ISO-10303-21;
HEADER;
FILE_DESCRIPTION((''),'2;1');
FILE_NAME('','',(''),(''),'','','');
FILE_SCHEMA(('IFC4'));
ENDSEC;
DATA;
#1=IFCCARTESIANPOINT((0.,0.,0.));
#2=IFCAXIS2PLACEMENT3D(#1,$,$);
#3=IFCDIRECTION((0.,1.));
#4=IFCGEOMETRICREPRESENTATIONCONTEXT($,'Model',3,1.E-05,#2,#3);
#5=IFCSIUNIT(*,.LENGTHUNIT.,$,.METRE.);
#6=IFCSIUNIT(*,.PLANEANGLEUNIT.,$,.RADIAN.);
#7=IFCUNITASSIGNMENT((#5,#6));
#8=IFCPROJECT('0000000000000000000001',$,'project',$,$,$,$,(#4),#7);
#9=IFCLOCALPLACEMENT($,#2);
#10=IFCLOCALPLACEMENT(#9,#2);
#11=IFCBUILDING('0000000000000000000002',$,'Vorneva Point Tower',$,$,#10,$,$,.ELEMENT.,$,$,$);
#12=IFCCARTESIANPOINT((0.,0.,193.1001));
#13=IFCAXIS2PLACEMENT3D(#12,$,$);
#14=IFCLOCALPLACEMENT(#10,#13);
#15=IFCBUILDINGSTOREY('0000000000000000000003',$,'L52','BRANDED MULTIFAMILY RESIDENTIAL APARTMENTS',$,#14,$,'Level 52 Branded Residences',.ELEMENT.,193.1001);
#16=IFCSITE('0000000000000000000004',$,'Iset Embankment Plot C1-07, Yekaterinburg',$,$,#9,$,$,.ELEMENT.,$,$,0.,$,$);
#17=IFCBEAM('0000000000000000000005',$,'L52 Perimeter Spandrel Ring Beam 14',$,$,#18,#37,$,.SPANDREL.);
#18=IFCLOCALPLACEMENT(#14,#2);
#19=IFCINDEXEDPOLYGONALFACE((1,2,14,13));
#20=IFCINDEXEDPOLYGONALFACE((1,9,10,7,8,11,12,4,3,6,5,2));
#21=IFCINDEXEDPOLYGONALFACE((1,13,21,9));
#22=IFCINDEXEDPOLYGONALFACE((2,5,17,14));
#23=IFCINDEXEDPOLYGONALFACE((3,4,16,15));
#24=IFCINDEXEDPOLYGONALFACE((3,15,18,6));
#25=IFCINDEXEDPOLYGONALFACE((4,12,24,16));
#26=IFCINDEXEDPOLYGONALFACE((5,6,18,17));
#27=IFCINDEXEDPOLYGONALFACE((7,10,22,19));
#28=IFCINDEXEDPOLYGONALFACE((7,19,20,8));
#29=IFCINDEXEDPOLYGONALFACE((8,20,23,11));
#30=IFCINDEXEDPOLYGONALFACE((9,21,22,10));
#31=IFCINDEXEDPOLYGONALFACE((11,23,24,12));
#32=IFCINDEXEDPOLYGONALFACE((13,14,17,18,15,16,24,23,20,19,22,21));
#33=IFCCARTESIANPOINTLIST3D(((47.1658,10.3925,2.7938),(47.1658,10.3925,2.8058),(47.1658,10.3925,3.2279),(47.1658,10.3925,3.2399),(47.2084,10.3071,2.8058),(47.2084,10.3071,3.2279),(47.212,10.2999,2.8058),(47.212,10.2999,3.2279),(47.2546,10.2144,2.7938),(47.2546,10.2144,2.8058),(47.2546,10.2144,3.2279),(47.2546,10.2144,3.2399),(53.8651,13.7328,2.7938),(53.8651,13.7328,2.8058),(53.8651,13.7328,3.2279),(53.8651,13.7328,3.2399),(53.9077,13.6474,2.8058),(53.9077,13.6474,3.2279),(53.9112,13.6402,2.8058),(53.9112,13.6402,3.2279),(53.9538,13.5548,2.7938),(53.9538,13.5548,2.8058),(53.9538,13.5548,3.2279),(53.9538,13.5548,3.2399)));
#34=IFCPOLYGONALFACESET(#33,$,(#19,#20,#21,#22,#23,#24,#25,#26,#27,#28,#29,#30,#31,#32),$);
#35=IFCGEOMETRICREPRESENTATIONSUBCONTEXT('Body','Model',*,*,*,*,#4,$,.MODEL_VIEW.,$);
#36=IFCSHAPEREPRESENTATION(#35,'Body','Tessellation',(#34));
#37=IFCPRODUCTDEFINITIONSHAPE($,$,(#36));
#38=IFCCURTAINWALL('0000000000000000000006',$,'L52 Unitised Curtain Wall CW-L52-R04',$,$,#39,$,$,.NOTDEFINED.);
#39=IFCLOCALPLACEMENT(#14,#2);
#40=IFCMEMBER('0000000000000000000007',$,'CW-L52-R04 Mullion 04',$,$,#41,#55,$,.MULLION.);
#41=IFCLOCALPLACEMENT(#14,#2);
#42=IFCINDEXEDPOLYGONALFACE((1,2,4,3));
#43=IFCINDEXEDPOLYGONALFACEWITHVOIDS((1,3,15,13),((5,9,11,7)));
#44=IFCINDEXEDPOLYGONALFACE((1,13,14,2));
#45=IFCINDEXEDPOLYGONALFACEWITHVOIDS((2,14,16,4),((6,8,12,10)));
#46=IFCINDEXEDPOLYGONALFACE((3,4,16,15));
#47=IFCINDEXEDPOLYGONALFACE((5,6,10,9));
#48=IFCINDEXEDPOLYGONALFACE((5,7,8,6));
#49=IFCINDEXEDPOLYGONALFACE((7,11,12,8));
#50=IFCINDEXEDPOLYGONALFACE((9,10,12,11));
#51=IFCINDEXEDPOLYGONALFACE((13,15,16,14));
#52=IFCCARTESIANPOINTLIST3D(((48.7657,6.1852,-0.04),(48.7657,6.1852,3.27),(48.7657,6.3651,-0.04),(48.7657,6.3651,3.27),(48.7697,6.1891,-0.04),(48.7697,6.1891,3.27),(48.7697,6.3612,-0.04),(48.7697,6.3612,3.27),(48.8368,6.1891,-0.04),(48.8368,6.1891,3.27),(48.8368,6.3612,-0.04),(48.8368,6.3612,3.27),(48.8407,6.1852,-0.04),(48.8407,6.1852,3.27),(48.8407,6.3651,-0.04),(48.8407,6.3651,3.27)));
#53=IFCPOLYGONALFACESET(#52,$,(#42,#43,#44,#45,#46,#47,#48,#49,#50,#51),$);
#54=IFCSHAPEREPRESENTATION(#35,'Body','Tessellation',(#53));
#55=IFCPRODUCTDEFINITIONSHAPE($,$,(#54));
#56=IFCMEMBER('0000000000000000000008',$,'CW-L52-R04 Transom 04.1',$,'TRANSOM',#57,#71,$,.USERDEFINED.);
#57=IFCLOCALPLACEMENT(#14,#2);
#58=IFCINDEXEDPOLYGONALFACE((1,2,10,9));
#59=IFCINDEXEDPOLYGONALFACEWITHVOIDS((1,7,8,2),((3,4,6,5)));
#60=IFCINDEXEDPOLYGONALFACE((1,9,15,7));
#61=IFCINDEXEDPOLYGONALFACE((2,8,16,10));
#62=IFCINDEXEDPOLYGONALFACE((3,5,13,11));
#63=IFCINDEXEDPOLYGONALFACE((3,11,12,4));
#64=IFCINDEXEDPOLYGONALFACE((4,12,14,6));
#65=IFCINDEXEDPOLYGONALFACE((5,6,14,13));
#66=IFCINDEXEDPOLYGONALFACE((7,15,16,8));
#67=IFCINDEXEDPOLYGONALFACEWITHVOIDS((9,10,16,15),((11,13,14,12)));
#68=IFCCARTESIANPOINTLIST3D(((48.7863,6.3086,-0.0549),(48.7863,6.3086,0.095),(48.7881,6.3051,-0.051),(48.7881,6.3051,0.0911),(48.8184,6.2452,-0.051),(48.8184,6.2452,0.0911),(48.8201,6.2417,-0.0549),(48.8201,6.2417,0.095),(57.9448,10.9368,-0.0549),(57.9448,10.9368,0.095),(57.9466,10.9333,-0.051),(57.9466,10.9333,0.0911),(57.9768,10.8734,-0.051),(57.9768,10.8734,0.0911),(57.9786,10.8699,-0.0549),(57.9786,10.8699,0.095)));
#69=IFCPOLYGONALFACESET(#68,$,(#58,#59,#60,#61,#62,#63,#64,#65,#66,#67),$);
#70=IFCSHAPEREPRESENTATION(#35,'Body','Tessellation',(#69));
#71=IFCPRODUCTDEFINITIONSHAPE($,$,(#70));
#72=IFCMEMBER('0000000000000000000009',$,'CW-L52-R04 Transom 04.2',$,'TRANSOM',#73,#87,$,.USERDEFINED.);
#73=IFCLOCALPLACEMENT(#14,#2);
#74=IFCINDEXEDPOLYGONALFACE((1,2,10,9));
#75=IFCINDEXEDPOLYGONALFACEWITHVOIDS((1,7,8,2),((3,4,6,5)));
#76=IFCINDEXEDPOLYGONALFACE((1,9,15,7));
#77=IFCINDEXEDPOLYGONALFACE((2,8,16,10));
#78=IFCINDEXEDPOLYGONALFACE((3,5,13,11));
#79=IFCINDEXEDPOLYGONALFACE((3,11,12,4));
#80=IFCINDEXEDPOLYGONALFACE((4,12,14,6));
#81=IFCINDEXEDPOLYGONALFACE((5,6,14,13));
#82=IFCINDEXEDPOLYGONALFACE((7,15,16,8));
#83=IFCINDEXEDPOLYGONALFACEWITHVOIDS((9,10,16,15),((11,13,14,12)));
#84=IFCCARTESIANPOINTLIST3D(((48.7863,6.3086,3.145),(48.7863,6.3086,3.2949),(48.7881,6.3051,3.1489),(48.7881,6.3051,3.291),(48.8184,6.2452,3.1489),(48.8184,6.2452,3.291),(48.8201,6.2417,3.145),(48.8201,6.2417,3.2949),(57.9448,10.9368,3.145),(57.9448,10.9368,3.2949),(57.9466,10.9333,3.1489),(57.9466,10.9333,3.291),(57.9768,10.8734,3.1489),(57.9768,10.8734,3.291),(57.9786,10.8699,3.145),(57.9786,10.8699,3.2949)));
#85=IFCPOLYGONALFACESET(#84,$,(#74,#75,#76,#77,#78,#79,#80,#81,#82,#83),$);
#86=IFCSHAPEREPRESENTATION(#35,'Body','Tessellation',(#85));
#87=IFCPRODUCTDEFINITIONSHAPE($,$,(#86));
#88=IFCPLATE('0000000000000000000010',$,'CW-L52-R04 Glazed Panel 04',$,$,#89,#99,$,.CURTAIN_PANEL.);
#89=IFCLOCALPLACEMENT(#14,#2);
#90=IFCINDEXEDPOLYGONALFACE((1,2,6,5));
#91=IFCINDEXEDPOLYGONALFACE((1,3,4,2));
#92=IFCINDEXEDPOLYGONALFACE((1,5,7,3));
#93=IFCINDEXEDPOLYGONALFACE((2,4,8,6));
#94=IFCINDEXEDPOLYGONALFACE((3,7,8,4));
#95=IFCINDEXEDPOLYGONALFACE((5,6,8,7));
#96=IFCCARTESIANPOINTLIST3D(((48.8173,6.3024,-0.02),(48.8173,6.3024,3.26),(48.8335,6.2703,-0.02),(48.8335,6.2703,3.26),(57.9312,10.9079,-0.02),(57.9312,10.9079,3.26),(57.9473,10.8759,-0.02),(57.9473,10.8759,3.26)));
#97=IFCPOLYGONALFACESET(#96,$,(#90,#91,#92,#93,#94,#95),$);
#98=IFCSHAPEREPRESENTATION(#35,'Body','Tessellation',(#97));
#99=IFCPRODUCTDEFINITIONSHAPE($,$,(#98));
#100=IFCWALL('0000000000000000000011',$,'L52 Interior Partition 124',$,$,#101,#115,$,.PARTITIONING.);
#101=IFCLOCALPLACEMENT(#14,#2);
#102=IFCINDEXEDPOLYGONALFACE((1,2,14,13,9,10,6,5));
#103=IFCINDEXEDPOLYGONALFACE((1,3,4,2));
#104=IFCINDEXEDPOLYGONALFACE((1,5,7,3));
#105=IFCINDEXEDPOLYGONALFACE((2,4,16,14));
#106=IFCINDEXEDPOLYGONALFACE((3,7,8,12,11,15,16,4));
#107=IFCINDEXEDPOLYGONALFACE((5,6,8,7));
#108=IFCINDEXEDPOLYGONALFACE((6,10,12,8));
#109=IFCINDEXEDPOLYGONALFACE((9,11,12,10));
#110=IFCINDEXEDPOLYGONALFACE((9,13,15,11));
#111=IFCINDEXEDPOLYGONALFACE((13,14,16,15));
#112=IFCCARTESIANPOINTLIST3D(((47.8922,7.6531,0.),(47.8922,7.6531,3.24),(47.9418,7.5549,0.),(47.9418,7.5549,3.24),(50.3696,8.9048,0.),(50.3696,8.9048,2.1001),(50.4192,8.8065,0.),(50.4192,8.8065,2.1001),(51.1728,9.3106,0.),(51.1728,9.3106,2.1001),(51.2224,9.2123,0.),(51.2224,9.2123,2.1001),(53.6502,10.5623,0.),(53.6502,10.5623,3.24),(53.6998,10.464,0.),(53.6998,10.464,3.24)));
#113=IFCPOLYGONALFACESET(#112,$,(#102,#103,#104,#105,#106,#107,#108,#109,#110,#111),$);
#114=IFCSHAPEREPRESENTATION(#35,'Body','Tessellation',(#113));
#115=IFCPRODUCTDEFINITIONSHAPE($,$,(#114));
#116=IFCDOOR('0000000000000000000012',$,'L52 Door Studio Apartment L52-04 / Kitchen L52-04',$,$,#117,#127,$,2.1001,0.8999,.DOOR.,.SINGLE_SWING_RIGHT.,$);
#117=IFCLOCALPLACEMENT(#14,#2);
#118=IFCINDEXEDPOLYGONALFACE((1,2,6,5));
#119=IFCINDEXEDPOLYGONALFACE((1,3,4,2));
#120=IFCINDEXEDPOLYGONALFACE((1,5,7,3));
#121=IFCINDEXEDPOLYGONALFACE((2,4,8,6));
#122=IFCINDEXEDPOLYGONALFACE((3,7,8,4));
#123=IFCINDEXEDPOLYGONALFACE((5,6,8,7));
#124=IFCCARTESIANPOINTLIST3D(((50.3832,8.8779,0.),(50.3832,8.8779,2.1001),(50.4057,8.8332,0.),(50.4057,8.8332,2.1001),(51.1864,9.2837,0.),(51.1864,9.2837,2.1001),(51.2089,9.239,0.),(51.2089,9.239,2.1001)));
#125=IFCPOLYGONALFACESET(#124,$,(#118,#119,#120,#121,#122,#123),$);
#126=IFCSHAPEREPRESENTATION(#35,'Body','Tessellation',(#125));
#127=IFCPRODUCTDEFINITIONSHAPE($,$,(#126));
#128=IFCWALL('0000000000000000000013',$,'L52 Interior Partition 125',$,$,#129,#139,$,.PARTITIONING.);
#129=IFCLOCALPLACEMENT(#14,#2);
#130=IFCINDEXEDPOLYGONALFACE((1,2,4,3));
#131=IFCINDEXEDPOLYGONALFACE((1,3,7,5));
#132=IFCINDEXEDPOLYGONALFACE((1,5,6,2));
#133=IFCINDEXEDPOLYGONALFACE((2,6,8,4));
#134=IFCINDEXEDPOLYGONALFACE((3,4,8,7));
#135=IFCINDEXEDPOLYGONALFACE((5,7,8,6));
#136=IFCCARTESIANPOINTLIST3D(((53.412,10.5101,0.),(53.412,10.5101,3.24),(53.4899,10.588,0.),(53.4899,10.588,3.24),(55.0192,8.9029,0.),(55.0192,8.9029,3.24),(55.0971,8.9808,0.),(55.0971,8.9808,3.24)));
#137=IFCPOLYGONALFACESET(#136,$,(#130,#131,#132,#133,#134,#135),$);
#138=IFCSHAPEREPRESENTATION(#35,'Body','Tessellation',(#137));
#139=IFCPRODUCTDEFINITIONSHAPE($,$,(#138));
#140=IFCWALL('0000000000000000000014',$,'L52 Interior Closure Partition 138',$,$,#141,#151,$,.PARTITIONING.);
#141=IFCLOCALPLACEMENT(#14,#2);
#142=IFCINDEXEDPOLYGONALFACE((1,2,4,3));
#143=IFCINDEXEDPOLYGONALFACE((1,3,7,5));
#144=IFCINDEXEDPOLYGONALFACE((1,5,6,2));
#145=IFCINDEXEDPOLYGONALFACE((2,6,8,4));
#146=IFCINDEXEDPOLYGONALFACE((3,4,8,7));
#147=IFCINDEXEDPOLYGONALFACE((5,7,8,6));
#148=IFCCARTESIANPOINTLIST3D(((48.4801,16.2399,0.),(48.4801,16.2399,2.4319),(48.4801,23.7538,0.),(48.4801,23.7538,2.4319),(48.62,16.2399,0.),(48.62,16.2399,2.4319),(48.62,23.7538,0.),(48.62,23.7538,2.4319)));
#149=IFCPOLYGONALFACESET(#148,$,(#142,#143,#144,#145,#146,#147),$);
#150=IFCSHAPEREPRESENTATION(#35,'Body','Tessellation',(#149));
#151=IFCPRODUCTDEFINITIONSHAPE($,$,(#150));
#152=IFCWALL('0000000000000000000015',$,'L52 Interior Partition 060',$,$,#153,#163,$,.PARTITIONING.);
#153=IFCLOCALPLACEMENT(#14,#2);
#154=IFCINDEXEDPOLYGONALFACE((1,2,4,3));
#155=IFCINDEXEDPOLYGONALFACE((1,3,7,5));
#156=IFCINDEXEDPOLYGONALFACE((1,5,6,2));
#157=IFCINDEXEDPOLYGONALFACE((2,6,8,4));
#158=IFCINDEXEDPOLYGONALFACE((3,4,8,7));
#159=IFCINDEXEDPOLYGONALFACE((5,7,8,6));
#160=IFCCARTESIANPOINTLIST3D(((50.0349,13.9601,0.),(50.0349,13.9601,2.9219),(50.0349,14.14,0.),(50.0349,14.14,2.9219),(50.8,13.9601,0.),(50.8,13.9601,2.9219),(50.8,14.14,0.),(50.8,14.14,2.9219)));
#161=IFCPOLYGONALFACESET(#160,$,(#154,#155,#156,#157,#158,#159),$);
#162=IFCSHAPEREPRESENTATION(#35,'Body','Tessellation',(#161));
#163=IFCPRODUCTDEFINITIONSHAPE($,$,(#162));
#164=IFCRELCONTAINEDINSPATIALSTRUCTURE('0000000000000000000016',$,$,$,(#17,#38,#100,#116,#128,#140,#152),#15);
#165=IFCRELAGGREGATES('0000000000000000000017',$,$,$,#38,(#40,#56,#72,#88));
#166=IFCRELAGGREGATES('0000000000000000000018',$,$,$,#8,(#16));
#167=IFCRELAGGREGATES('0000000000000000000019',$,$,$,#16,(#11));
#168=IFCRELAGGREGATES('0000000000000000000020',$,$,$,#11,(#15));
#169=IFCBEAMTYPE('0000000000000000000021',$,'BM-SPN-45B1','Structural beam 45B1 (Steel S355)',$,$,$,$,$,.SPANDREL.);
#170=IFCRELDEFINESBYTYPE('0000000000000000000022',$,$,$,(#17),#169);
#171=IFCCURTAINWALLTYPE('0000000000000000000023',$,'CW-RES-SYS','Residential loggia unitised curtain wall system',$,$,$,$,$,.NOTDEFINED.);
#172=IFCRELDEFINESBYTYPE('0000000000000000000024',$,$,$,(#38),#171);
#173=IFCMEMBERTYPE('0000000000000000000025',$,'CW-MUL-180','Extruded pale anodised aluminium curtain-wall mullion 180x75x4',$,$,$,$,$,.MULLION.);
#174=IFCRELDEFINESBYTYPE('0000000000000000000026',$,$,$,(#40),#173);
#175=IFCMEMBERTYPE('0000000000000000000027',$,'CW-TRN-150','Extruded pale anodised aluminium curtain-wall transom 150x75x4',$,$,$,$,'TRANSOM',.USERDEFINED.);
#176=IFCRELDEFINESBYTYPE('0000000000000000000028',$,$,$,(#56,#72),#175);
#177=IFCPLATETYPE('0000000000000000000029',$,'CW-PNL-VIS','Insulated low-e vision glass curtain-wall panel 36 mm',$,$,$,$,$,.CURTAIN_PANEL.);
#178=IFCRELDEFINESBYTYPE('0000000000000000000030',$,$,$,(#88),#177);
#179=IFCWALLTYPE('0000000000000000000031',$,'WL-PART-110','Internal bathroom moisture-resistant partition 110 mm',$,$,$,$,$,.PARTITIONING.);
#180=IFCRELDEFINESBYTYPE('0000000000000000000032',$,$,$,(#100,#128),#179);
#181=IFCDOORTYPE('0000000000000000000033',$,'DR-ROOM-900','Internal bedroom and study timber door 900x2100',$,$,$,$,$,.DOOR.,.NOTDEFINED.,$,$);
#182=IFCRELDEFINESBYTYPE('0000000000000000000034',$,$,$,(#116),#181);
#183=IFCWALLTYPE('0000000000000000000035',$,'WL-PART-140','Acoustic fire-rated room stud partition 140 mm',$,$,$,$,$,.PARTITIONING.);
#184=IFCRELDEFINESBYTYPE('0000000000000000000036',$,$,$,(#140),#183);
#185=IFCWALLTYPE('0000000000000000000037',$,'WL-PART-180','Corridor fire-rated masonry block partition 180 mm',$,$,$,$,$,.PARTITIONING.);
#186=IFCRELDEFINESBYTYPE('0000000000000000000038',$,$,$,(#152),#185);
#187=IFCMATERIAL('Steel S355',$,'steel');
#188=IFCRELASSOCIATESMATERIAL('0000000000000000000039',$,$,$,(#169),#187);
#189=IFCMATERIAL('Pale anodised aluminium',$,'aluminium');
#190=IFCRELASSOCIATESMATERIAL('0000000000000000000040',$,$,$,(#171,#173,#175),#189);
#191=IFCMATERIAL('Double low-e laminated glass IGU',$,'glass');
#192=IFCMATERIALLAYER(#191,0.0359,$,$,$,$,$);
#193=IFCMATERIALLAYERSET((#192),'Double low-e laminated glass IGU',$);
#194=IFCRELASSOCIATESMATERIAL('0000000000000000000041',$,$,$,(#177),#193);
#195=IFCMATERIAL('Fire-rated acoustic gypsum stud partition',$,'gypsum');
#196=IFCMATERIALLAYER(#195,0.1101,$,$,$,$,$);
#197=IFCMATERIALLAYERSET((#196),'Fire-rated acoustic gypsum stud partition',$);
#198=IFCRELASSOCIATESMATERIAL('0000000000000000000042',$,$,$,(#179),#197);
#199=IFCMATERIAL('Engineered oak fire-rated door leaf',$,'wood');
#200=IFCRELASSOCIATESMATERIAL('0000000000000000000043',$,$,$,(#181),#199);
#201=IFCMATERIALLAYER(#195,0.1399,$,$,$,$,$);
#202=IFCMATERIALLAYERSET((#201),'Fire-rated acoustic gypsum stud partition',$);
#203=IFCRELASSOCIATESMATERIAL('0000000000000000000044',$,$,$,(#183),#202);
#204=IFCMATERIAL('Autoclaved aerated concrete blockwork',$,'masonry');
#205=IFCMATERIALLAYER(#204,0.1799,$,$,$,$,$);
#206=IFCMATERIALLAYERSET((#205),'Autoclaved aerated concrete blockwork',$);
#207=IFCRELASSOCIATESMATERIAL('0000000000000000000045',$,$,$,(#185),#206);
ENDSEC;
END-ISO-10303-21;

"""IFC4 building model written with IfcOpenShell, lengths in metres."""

from ifc_helpers import new_model, si_unit, direction, frame, frame_2d, origin, origin_2d, place, context, subcontext, project, spatial, rectangle, hollow_rectangle, i_section, extrude, material, layer, layer_set, material_profile, profile_set, type_object, element, fill, aggregate, save


model = new_model("IFC4")

# Units and contexts
model_context = context("Model", 3, precision=1e-05, world=origin(), true_north=direction((0.0, 1.0)))
body_context = subcontext(model_context, "Body", "Model", "MODEL_VIEW")
ifc_project = project(units=[si_unit("LENGTHUNIT", "METRE"), si_unit("PLANEANGLEUNIT", "RADIAN")], contexts=[model_context])

# Site, building, storey
site_placement = place(None, origin())
site = spatial("IfcSite", under=ifc_project, at=site_placement, Name="Iset Embankment Plot C1-07, Yekaterinburg", CompositionType="ELEMENT", RefElevation=0.0)
building_placement = place(site_placement, origin())
building = spatial("IfcBuilding", under=site, at=building_placement, Name="Vorneva Point Tower", CompositionType="ELEMENT")
storey_placement = place(building_placement, frame((0.0, 0.0, 193.1001)))
storey = spatial("IfcBuildingStorey", under=building, at=storey_placement, Name="L52", Description="BRANDED MULTIFAMILY RESIDENTIAL APARTMENTS", LongName="Level 52 Branded Residences", CompositionType="ELEMENT", Elevation=193.1001)

# Beam
ifc_material_1 = material(Name="Steel S355", Category="steel")
ifc_material_profile_1 = material_profile(ifc_material_1, i_section(OverallWidth=0.199, OverallDepth=0.446, WebThickness=0.0081, FlangeThickness=0.012, at=origin_2d()), Name="45B1")
ifc_profile_set_1 = profile_set([ifc_material_profile_1], Name="Steel S355")
beam_type_1 = type_object("IfcBeamType", Name="BM-SPN-45B1", Description="Structural beam 45B1 (Steel S355)", PredefinedType="SPANDREL", material=ifc_profile_set_1)
beam_1_placement = place(storey_placement, frame((47.2102, 10.3035, 3.0168), z_axis=(0.894922, 0.446222, 0.0), x_axis=(-0.446222, 0.894922, 0.0)))
element("IfcBeam", 1, at=beam_1_placement, inside=storey, type_object=beam_type_1, Name="L52 Perimeter Spandrel Ring Beam 14", PredefinedType="SPANDREL", context=body_context, shape_type="SweptSolid", body=[
    extrude(i_section(OverallWidth=0.199, OverallDepth=0.446, WebThickness=0.0081, FlangeThickness=0.012, at=origin_2d()), origin(), (0.0, 0.0, 1.0), 7.4858),
])

# Curtain wall, members, plate
ifc_material_2 = material(Name="Pale anodised aluminium", Category="aluminium")
curtain_wall_type = type_object("IfcCurtainWallType", Name="CW-RES-SYS", Description="Residential loggia unitised curtain wall system", PredefinedType="NOTDEFINED", material=ifc_material_2)
curtain_wall_placement = place(storey_placement, origin())
curtain_wall = element("IfcCurtainWall", 2, at=curtain_wall_placement, inside=storey, type_object=curtain_wall_type, Name="L52 Unitised Curtain Wall CW-L52-R04", PredefinedType="NOTDEFINED")
ifc_material_profile_2 = material_profile(ifc_material_2, hollow_rectangle(XDim=0.075, YDim=0.1799, WallThickness=0.0039, at=origin_2d()), Name="AL-MUL 180x75x4")
ifc_profile_set_2 = profile_set([ifc_material_profile_2], Name="Pale anodised aluminium")
member_type_1 = type_object("IfcMemberType", Name="CW-MUL-180", Description="Extruded pale anodised aluminium curtain-wall mullion 180x75x4", PredefinedType="MULLION", material=ifc_profile_set_2)
member_1_placement = place(storey_placement, frame((48.8032, 6.2751, -0.04), z_axis=(0.0, 0.0, 1.0), x_axis=(1.0, 0.0, 0.0)))
member_1 = element("IfcMember", 3, at=member_1_placement, type_object=member_type_1, Name="CW-L52-R04 Mullion 04", PredefinedType="MULLION", context=body_context, shape_type="SweptSolid", body=[
    extrude(hollow_rectangle(XDim=0.075, YDim=0.1799, WallThickness=0.0039, at=origin_2d()), origin(), (0.0, 0.0, 1.0), 3.3101),
])
ifc_material_profile_3 = material_profile(ifc_material_2, hollow_rectangle(XDim=0.075, YDim=0.1499, WallThickness=0.0039, at=origin_2d()), Name="AL-TRN 150x75x4")
ifc_profile_set_3 = profile_set([ifc_material_profile_3], Name="Pale anodised aluminium")
member_type_2 = type_object("IfcMemberType", Name="CW-TRN-150", Description="Extruded pale anodised aluminium curtain-wall transom 150x75x4", ElementType="TRANSOM", PredefinedType="USERDEFINED", material=ifc_profile_set_3)
member_2_placement = place(storey_placement, frame((48.8032, 6.2751, 0.02), z_axis=(0.892511, 0.451026, 0.0), x_axis=(-0.451026, 0.892511, 0.0)))
member_2 = element("IfcMember", 4, at=member_2_placement, type_object=member_type_2, Name="CW-L52-R04 Transom 04.1", ObjectType="TRANSOM", PredefinedType="USERDEFINED", context=body_context, shape_type="SweptSolid", body=[
    extrude(hollow_rectangle(XDim=0.075, YDim=0.1499, WallThickness=0.0039, at=origin_2d()), origin(), (0.0, 0.0, 1.0), 10.2615),
])
member_3_placement = place(storey_placement, frame((48.8032, 6.2751, 3.22), z_axis=(0.892511, 0.451026, 0.0), x_axis=(-0.451026, 0.892511, 0.0)))
member_3 = element("IfcMember", 5, at=member_3_placement, type_object=member_type_2, Name="CW-L52-R04 Transom 04.2", ObjectType="TRANSOM", PredefinedType="USERDEFINED", context=body_context, shape_type="SweptSolid", body=[
    extrude(hollow_rectangle(XDim=0.075, YDim=0.1499, WallThickness=0.0039, at=origin_2d()), origin(), (0.0, 0.0, 1.0), 10.2615),
])
ifc_material_3 = material(Name="Double low-e laminated glass IGU", Category="glass")
ifc_layer_1 = layer(ifc_material_3, 0.0359)
ifc_layer_set_1 = layer_set([ifc_layer_1], Name="Double low-e laminated glass IGU")
plate_type = type_object("IfcPlateType", Name="CW-PNL-VIS", Description="Insulated low-e vision glass curtain-wall panel 36 mm", PredefinedType="CURTAIN_PANEL", material=ifc_layer_set_1)
plate_placement = place(storey_placement, frame((53.3823, 8.5891, -0.02), z_axis=(0.0, 0.0, 1.0), x_axis=(0.892515, 0.451018, 0.0)))
plate = element("IfcPlate", 6, at=plate_placement, type_object=plate_type, Name="CW-L52-R04 Glazed Panel 04", PredefinedType="CURTAIN_PANEL", context=body_context, shape_type="SweptSolid", body=[
    extrude(rectangle(XDim=10.2114, YDim=0.0359, at=origin_2d()), origin(), (0.0, 0.0, 1.0), 3.28),
])
aggregate(curtain_wall, [member_1, member_2, member_3, plate])

# Wall, opening, door
ifc_material_4 = material(Name="Fire-rated acoustic gypsum stud partition", Category="gypsum")
ifc_layer_2 = layer(ifc_material_4, 0.1101)
ifc_layer_set_2 = layer_set([ifc_layer_2], Name="Fire-rated acoustic gypsum stud partition")
wall_type_1 = type_object("IfcWallType", Name="WL-PART-110", Description="Internal bathroom moisture-resistant partition 110 mm", PredefinedType="PARTITIONING", material=ifc_layer_set_2)
wall_1_placement = place(storey_placement, frame((47.917, 7.604, 0.0), z_axis=(0.0, 0.0, 1.0), x_axis=(0.89255, 0.450949, 0.0)))
wall_1 = element("IfcWall", 7, at=wall_1_placement, inside=storey, type_object=wall_type_1, Name="L52 Interior Partition 124", PredefinedType="PARTITIONING", context=body_context, shape_type="SweptSolid", body=[
    extrude(rectangle(XDim=6.4512, YDim=0.1101, at=frame_2d((3.2256, 0.0))), origin(), (0.0, 0.0, 1.0), 3.24),
])
opening_1_placement = place(wall_1_placement, frame((2.7756, 0.0, 0.0)))
opening_1 = element("IfcOpeningElement", 8, at=opening_1_placement, cuts=wall_1, PredefinedType="OPENING", context=body_context, shape_type="SweptSolid", body=[
    extrude(rectangle(XDim=0.8999, YDim=2.1001, at=frame_2d((0.45, 1.05))), frame((0.0, 0.0698, 0.0), z_axis=(0.0, -1.0, 0.0), x_axis=(1.0, 0.0, 0.0)), (0.0, 0.0, 1.0), 0.1399),
])
ifc_material_5 = material(Name="Engineered oak fire-rated door leaf", Category="wood")
door_type_1 = type_object("IfcDoorType", Name="DR-ROOM-900", Description="Internal bedroom and study timber door 900x2100", OperationType="NOTDEFINED", PredefinedType="DOOR", material=ifc_material_5)
door_1_placement = place(opening_1_placement, origin())
door_1 = element("IfcDoor", 9, at=door_1_placement, inside=storey, type_object=door_type_1, Name="L52 Door Studio Apartment L52-04 / Kitchen L52-04", OperationType="SINGLE_SWING_RIGHT", OverallHeight=2.1001, OverallWidth=0.8999, PredefinedType="DOOR", context=body_context, shape_type="SweptSolid", body=[
    extrude(rectangle(XDim=0.8999, YDim=2.1001, at=frame_2d((0.45, 1.05))), frame((0.0, 0.0249, 0.0), z_axis=(0.0, -1.0, 0.0), x_axis=(1.0, 0.0, 0.0)), (0.0, 0.0, 1.0), 0.05),
])
fill(opening_1, door_1)

# Walls
wall_2_placement = place(storey_placement, frame((53.4509, 10.5491, 0.0), z_axis=(0.0, 0.0, 1.0), x_axis=(0.707107, -0.707107, 0.0)))
element("IfcWall", 10, at=wall_2_placement, inside=storey, type_object=wall_type_1, Name="L52 Interior Partition 125", PredefinedType="PARTITIONING", context=body_context, shape_type="SweptSolid", body=[
    extrude(rectangle(XDim=2.2729, YDim=0.1101, at=frame_2d((1.1365, 0.0))), origin(), (0.0, 0.0, 1.0), 3.24),
])
ifc_layer_3 = layer(ifc_material_4, 0.1399)
ifc_layer_set_3 = layer_set([ifc_layer_3], Name="Fire-rated acoustic gypsum stud partition")
wall_type_2 = type_object("IfcWallType", Name="WL-PART-140", Description="Acoustic fire-rated room stud partition 140 mm", PredefinedType="PARTITIONING", material=ifc_layer_set_3)
wall_3_placement = place(storey_placement, frame((48.55, 16.24, 0.0), z_axis=(0.0, 0.0, 1.0), x_axis=(0.0, 1.0, 0.0)))
element("IfcWall", 11, at=wall_3_placement, inside=storey, type_object=wall_type_2, Name="L52 Interior Closure Partition 138", PredefinedType="PARTITIONING", context=body_context, shape_type="SweptSolid", body=[
    extrude(rectangle(XDim=7.5139, YDim=0.1399, at=frame_2d((3.7568, 0.0))), origin(), (0.0, 0.0, 1.0), 2.4319),
])

# Shared definitions
ifc_material_6 = material(Name="Autoclaved aerated concrete blockwork", Category="masonry")
ifc_layer_4 = layer(ifc_material_6, 0.1799)
ifc_layer_set_4 = layer_set([ifc_layer_4], Name="Autoclaved aerated concrete blockwork")
wall_type_3 = type_object("IfcWallType", Name="WL-PART-180", Description="Corridor fire-rated masonry block partition 180 mm", PredefinedType="PARTITIONING", material=ifc_layer_set_4)

# Wall
wall_4_placement = place(storey_placement, frame((50.0349, 14.05, 0.0), z_axis=(0.0, 0.0, 1.0), x_axis=(1.0, 0.0, 0.0)))
element("IfcWall", 12, at=wall_4_placement, inside=storey, type_object=wall_type_3, Name="L52 Interior Partition 060", PredefinedType="PARTITIONING", context=body_context, shape_type="SweptSolid", body=[
    extrude(rectangle(XDim=0.7651, YDim=0.1799, at=frame_2d((0.3826, 0.0))), origin(), (0.0, 0.0, 1.0), 2.9219),
])

save(model, "model.ifc")
